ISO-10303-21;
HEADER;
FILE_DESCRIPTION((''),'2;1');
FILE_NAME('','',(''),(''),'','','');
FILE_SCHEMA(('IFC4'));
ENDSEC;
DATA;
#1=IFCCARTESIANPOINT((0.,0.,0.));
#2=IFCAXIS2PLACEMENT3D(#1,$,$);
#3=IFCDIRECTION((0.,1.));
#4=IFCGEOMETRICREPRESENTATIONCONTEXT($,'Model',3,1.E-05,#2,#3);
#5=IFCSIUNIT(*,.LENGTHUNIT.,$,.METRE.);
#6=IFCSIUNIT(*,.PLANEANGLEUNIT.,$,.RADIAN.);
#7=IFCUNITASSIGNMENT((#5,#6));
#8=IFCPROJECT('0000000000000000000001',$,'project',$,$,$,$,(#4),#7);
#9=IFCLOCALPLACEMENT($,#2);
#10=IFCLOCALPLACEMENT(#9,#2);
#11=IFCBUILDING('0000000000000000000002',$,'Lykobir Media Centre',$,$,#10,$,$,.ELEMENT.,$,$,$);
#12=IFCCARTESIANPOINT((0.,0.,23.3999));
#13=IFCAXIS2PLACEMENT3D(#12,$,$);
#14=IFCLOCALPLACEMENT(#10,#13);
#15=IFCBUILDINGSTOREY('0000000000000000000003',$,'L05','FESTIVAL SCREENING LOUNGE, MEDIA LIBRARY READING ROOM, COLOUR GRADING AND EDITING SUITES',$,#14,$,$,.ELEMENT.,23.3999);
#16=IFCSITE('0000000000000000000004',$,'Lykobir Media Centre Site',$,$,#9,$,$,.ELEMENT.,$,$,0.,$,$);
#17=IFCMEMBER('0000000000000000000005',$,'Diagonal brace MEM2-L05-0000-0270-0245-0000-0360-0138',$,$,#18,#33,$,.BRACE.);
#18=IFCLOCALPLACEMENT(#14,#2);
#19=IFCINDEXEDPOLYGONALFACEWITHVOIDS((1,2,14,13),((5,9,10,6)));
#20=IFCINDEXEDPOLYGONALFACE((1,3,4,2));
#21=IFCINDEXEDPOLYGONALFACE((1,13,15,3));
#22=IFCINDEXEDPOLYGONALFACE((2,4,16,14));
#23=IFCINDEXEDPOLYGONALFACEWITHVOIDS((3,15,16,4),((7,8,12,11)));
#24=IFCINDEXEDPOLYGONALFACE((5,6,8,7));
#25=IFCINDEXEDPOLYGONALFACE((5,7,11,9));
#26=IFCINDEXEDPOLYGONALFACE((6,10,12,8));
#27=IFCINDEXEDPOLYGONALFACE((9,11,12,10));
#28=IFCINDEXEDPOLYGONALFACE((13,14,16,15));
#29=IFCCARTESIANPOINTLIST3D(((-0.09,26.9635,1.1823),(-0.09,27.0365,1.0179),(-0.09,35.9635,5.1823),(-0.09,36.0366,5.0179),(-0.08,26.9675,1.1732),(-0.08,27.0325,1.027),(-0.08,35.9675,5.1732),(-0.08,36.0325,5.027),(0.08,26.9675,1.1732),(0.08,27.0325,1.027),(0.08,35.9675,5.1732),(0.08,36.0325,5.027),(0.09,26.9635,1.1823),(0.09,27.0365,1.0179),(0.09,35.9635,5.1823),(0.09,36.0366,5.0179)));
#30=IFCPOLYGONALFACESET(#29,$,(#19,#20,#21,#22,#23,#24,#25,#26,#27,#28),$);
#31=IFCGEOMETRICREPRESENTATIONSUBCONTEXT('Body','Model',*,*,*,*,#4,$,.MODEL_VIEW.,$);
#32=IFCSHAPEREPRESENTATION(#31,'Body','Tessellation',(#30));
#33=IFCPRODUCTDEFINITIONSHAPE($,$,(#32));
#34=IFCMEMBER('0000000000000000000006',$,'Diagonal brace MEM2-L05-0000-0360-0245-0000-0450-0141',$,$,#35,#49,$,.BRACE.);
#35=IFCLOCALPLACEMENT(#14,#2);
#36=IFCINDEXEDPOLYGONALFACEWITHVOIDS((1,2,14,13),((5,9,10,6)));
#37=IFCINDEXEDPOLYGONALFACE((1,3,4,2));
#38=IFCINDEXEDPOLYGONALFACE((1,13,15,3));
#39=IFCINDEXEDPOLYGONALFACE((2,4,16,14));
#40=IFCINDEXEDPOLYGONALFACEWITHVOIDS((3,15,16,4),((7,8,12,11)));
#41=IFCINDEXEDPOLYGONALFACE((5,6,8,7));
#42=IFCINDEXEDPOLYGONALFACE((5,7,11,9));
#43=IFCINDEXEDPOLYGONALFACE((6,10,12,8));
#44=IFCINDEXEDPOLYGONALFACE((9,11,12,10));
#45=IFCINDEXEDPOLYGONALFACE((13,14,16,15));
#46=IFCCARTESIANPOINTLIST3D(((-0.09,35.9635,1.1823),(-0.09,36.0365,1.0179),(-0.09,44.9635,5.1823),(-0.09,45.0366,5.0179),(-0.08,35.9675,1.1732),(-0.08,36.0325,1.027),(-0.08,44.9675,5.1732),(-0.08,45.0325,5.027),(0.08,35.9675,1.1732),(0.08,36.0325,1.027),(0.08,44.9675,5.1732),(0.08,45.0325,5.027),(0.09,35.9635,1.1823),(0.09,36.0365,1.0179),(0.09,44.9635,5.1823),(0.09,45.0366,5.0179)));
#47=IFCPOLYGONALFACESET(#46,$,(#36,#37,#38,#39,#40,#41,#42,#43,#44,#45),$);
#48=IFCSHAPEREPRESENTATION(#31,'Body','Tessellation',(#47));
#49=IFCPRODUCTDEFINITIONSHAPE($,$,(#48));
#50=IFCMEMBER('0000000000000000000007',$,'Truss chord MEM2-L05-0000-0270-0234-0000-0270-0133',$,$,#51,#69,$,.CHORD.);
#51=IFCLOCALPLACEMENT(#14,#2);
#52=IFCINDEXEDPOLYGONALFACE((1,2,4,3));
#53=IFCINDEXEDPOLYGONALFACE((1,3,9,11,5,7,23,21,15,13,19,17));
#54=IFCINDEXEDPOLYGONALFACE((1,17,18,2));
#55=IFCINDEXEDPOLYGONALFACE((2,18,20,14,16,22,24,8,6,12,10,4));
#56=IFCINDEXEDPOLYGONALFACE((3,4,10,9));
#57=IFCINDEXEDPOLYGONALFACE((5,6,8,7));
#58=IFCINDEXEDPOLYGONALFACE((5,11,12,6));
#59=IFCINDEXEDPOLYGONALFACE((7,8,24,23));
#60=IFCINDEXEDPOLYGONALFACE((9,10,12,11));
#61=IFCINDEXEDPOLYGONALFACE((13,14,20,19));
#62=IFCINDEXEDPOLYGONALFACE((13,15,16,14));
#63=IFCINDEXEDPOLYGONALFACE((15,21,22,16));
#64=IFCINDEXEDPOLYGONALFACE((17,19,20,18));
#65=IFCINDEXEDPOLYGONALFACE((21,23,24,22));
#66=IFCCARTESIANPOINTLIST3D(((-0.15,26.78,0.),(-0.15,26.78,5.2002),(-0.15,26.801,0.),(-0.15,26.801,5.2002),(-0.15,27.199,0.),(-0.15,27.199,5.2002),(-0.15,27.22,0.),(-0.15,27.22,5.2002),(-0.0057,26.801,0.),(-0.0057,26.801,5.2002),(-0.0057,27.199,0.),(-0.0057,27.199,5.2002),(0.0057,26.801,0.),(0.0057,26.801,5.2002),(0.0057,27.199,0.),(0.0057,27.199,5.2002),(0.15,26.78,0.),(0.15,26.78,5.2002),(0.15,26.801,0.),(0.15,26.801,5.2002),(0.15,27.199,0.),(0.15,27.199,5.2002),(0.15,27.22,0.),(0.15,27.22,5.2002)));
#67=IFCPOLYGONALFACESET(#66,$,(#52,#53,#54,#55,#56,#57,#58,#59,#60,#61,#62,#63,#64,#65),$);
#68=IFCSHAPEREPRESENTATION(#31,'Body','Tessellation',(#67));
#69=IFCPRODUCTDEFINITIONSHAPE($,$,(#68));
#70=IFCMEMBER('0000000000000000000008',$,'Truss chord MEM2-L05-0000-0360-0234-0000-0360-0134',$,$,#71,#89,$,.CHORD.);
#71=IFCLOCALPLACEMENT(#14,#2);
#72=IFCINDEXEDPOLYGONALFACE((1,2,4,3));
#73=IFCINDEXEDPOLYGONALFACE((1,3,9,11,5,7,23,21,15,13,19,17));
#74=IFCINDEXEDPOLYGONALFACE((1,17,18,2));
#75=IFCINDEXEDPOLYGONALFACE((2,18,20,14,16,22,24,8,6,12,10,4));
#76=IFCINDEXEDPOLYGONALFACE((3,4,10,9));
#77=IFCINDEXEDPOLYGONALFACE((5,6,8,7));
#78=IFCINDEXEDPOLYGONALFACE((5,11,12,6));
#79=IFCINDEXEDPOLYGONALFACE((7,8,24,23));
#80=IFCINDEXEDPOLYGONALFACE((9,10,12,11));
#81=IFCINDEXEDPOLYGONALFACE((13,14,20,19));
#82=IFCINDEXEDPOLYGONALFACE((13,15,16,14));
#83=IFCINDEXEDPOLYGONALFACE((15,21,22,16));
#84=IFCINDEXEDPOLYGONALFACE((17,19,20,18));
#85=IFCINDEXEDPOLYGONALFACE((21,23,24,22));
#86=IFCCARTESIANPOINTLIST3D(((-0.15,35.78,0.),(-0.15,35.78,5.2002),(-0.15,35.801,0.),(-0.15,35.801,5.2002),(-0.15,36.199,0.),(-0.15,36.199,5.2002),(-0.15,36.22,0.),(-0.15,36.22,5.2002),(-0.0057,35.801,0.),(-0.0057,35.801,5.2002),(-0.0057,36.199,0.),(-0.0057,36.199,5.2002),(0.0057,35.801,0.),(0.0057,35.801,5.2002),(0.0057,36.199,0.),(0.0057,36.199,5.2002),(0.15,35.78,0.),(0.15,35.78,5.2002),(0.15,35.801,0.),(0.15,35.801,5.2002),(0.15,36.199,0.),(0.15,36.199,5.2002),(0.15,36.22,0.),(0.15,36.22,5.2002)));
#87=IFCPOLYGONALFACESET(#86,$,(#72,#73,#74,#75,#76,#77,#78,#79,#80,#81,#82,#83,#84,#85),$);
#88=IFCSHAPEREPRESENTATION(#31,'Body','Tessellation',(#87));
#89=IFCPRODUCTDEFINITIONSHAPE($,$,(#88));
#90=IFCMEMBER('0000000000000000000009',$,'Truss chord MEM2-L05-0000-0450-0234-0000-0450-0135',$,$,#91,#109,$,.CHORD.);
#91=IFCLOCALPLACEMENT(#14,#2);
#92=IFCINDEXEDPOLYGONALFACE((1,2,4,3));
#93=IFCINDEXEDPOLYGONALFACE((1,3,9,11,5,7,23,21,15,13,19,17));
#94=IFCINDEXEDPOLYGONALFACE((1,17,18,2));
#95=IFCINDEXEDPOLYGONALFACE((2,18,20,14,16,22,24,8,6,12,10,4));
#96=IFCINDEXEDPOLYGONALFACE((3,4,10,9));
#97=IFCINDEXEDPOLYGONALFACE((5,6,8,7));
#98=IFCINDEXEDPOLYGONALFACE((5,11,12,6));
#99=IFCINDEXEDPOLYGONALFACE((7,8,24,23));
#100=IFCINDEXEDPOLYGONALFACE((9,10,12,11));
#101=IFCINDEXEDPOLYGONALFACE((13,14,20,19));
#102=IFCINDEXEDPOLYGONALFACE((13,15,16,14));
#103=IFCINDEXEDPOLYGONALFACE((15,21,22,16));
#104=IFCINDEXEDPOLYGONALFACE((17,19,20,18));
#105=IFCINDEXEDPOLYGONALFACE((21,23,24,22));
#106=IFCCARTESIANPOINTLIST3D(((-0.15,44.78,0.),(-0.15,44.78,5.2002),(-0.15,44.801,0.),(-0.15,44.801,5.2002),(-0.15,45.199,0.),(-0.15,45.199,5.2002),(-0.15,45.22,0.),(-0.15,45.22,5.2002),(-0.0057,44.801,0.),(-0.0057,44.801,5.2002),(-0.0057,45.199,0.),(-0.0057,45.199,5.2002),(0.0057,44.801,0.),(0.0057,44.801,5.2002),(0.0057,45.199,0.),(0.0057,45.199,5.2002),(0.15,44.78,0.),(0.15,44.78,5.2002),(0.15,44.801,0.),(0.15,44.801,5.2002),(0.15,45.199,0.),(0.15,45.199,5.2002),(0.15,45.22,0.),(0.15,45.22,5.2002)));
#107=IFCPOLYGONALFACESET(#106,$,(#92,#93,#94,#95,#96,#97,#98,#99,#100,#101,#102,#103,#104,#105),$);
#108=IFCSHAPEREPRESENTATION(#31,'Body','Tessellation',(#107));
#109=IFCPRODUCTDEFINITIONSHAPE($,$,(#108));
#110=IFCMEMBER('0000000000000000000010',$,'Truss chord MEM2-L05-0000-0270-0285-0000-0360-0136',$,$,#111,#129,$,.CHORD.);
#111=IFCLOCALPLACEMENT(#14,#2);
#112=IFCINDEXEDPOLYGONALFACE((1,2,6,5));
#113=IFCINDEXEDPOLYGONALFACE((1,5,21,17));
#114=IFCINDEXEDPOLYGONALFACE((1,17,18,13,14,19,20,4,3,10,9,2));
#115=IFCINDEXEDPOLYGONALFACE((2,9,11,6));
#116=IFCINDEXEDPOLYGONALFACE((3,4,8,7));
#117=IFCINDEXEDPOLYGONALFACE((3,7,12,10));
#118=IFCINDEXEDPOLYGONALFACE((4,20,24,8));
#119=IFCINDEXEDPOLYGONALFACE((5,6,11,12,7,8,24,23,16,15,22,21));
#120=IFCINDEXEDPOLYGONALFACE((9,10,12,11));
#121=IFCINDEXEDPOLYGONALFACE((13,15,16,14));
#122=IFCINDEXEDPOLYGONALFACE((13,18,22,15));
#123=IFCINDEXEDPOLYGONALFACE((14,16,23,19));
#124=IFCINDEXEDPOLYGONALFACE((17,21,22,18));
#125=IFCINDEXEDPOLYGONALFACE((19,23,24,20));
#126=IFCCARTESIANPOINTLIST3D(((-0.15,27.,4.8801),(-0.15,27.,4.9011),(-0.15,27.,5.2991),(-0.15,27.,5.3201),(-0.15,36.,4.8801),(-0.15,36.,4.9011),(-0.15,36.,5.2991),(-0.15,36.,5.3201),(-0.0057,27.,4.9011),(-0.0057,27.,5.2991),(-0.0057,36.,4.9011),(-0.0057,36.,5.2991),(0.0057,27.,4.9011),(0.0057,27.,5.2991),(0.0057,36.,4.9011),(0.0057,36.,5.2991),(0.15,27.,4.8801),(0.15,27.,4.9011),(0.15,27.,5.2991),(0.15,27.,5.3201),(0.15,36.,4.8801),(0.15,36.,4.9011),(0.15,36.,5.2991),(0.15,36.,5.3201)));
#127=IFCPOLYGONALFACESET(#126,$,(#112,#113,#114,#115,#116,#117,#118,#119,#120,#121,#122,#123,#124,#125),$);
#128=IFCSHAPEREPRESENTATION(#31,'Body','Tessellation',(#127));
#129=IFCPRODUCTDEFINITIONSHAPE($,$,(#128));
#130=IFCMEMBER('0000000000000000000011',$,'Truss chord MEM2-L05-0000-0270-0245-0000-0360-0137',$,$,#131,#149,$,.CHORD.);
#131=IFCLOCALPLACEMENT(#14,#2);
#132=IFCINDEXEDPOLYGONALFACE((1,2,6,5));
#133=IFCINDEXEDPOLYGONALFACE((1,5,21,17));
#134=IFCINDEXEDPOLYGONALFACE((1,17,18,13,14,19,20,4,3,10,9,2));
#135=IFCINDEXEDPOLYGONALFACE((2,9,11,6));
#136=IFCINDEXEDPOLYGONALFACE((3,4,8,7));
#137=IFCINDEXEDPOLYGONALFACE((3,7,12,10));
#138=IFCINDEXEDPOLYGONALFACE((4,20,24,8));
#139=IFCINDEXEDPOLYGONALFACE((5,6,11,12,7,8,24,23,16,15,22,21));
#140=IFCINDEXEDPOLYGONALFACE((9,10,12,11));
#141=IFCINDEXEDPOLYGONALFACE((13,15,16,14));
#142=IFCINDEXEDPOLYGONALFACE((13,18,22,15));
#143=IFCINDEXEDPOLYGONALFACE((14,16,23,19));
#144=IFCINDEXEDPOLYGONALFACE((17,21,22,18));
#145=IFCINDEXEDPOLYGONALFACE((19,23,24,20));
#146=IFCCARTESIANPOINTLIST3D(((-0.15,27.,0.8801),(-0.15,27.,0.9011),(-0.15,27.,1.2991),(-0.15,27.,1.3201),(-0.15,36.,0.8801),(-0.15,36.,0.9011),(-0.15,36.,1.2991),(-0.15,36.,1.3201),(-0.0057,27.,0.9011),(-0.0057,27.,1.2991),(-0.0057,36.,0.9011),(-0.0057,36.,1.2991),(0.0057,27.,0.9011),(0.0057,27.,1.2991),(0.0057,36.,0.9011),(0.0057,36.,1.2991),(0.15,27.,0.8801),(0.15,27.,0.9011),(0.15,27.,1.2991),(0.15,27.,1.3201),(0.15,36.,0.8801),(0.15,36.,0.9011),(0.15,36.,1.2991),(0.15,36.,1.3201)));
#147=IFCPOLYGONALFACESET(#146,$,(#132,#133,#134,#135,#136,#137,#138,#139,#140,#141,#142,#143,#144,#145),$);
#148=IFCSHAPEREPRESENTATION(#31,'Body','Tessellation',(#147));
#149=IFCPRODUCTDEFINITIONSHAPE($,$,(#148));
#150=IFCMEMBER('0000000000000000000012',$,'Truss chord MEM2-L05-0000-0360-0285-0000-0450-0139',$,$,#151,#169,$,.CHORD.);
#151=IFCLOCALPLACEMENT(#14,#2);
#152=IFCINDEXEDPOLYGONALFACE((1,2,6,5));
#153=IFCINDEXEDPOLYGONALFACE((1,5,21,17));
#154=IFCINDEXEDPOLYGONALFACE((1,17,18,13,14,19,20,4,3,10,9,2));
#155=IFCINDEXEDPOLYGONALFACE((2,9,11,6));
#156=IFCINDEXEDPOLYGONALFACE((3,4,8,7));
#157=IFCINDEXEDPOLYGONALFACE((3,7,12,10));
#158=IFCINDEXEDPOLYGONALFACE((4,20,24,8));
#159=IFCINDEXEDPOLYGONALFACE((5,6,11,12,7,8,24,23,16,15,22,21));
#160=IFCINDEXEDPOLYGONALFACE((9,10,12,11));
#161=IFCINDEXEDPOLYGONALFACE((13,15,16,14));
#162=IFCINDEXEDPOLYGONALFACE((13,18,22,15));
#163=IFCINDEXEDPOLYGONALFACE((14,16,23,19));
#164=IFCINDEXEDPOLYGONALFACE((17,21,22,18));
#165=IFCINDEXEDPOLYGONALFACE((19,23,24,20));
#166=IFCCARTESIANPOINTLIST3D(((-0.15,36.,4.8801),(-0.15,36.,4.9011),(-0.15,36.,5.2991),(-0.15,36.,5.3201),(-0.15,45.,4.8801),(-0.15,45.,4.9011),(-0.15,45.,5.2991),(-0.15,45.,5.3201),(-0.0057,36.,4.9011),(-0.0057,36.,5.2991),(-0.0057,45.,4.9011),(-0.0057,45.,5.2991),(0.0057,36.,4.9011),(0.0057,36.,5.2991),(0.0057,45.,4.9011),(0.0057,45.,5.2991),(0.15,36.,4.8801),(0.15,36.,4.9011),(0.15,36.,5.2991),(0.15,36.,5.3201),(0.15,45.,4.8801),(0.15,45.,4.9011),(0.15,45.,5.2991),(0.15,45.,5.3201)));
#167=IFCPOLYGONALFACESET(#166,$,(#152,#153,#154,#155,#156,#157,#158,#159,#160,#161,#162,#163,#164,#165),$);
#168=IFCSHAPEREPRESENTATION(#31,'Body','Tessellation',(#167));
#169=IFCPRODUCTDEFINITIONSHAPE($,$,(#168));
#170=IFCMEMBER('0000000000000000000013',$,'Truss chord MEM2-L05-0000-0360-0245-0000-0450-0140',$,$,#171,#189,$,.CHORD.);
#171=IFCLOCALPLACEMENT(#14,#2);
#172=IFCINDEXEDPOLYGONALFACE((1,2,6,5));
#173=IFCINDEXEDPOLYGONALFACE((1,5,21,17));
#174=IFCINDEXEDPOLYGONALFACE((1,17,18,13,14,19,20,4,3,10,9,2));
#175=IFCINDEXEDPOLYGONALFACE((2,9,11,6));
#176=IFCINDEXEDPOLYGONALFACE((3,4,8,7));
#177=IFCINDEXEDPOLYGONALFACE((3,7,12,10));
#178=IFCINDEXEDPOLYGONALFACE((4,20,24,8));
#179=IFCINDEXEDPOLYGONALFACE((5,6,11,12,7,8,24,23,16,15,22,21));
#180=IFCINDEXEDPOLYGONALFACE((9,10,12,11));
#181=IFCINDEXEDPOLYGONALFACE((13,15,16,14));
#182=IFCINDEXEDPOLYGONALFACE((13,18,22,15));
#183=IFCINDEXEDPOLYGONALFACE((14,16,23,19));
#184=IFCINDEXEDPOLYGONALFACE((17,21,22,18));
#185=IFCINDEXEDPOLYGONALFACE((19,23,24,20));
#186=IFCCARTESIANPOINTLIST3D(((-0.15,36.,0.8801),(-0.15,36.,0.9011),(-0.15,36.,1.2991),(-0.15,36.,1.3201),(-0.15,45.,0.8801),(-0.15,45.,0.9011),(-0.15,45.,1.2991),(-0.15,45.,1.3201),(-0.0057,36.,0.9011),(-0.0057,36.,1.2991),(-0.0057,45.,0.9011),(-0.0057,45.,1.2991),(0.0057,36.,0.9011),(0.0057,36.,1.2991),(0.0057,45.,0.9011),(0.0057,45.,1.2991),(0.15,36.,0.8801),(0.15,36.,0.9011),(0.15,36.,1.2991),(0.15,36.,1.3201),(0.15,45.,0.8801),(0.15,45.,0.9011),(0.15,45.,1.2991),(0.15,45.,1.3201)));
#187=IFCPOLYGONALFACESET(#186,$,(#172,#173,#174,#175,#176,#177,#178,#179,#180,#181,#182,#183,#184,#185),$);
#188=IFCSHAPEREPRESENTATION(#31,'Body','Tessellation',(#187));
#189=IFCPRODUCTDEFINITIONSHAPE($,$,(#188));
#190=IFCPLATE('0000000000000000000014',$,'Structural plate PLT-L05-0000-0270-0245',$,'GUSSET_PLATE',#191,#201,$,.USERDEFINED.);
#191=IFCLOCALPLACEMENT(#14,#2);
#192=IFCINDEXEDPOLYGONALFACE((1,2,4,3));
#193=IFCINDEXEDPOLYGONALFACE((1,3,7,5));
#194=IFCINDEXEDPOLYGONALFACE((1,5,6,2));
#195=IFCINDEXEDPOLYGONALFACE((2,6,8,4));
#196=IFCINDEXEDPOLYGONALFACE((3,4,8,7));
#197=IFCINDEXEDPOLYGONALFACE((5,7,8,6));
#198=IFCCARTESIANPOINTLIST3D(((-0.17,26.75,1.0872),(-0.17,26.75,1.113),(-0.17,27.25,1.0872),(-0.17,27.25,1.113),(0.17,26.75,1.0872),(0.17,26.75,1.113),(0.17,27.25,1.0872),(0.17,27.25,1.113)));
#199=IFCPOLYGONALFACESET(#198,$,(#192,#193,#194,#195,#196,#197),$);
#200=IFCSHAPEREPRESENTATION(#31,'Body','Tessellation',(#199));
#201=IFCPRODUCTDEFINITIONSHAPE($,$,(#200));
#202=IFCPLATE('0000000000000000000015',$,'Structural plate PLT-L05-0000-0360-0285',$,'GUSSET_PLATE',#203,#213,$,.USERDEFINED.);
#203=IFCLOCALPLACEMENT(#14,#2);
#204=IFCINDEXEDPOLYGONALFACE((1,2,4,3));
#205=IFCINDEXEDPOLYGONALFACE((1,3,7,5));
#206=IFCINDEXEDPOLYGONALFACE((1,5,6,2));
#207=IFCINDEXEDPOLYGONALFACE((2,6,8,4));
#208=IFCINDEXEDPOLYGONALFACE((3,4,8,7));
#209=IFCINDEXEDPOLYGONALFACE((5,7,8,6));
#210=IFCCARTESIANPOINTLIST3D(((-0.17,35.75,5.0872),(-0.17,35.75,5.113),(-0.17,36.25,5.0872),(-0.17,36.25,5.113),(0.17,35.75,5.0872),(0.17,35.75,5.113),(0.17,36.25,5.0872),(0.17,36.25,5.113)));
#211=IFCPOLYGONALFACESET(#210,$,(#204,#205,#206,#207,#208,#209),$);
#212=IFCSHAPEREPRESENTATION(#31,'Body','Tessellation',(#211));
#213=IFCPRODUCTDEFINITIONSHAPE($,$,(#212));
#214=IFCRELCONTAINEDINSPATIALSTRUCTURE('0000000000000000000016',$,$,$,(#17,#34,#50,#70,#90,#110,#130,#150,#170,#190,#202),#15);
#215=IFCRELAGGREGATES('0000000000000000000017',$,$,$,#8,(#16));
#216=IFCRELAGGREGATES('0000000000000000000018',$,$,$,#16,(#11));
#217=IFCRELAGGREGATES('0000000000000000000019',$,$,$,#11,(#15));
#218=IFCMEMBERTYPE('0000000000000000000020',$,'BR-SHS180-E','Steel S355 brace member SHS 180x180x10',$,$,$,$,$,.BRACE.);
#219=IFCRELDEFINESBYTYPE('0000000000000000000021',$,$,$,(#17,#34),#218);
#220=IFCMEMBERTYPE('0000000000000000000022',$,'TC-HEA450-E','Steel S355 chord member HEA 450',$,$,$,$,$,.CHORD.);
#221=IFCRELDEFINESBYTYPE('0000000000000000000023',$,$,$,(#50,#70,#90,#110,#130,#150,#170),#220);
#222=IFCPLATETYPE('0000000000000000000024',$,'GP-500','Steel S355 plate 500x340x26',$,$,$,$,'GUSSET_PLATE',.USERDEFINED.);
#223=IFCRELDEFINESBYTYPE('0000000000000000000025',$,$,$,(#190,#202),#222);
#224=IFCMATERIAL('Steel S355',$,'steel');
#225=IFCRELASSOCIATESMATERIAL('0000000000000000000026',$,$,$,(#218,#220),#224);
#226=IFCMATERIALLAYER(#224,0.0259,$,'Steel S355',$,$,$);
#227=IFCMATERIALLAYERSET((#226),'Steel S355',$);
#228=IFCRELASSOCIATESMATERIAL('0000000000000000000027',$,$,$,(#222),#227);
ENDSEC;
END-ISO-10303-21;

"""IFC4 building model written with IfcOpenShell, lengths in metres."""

from ifc_helpers import new_model, si_unit, direction, frame, origin, origin_2d, place, context, subcontext, project, spatial, rectangle, hollow_rectangle, i_section, extrude, material, layer, layer_set, material_profile, profile_set, type_object, element, save


model = new_model("IFC4")

# Units and contexts
model_context = context("Model", 3, precision=1e-05, world=origin(), true_north=direction((0.0, 1.0)))
body_context = subcontext(model_context, "Body", "Model", "MODEL_VIEW")
ifc_project = project(units=[si_unit("LENGTHUNIT", "METRE"), si_unit("PLANEANGLEUNIT", "RADIAN")], contexts=[model_context])

# Site, building, storey
site_placement = place(None, origin())
site = spatial("IfcSite", under=ifc_project, at=site_placement, Name="Lykobir Media Centre Site", CompositionType="ELEMENT", RefElevation=0.0)
building_placement = place(site_placement, origin())
building = spatial("IfcBuilding", under=site, at=building_placement, Name="Lykobir Media Centre", CompositionType="ELEMENT")
storey_placement = place(building_placement, frame((0.0, 0.0, 23.3999)))
storey = spatial("IfcBuildingStorey", under=building, at=storey_placement, Name="L05", Description="FESTIVAL SCREENING LOUNGE, MEDIA LIBRARY READING ROOM, COLOUR GRADING AND EDITING SUITES", CompositionType="ELEMENT", Elevation=23.3999)

# Members
ifc_material_1 = material(Name="Steel S355", Category="steel")
ifc_material_profile_1 = material_profile(ifc_material_1, hollow_rectangle(XDim=0.1799, YDim=0.1799, WallThickness=0.01, at=origin_2d()), Name="SHS 180x180x10")
ifc_profile_set_1 = profile_set([ifc_material_profile_1], Name="Steel S355")
member_type_1 = type_object("IfcMemberType", Name="BR-SHS180-E", Description="Steel S355 brace member SHS 180x180x10", PredefinedType="BRACE", material=ifc_profile_set_1)
for number, where, z_axis, x_axis, name in (
    (1, (0.0, 27.0, 1.1001), (0.0, 0.913812, 0.406138), (-1.0, 0.0, 0.0), "Diagonal brace MEM2-L05-0000-0270-0245-0000-0360-0138"),
    (2, (0.0, 36.0, 1.1001), (0.0, 0.913812, 0.406138), (-1.0, 0.0, 0.0), "Diagonal brace MEM2-L05-0000-0360-0245-0000-0450-0141"),
):
    element("IfcMember", number, at=place(storey_placement, frame(where, z_axis=z_axis, x_axis=x_axis)), inside=storey, type_object=member_type_1, Name=name, PredefinedType="BRACE", context=body_context, shape_type="SweptSolid", body=[
        extrude(hollow_rectangle(XDim=0.1799, YDim=0.1799, WallThickness=0.01, at=origin_2d()), origin(), (0.0, 0.0, 1.0), 9.8489),
    ])
ifc_material_profile_2 = material_profile(ifc_material_1, i_section(OverallWidth=0.3, OverallDepth=0.4399, WebThickness=0.0115, FlangeThickness=0.021, at=origin_2d()), Name="HEA 450")
ifc_profile_set_2 = profile_set([ifc_material_profile_2], Name="Steel S355")
member_type_2 = type_object("IfcMemberType", Name="TC-HEA450-E", Description="Steel S355 chord member HEA 450", PredefinedType="CHORD", material=ifc_profile_set_2)
for number, where, z_axis, x_axis, name in (
    (3, (0.0, 27.0, 0.0), (0.0, 0.0, 1.0), (1.0, 0.0, 0.0), "Truss chord MEM2-L05-0000-0270-0234-0000-0270-0133"),
    (4, (0.0, 36.0, 0.0), (0.0, 0.0, 1.0), (1.0, 0.0, 0.0), "Truss chord MEM2-L05-0000-0360-0234-0000-0360-0134"),
    (5, (0.0, 45.0, 0.0), (0.0, 0.0, 1.0), (1.0, 0.0, 0.0), "Truss chord MEM2-L05-0000-0450-0234-0000-0450-0135"),
):
    element("IfcMember", number, at=place(storey_placement, frame(where, z_axis=z_axis, x_axis=x_axis)), inside=storey, type_object=member_type_2, Name=name, PredefinedType="CHORD", context=body_context, shape_type="SweptSolid", body=[
        extrude(i_section(OverallWidth=0.3, OverallDepth=0.4399, WebThickness=0.0115, FlangeThickness=0.021, at=origin_2d()), origin(), (0.0, 0.0, 1.0), 5.2002),
    ])
for number, where, z_axis, x_axis, name in (
    (6, (0.0, 27.0, 5.1001), (0.0, 1.0, 0.0), (-1.0, 0.0, 0.0), "Truss chord MEM2-L05-0000-0270-0285-0000-0360-0136"),
    (7, (0.0, 27.0, 1.1001), (0.0, 1.0, 0.0), (-1.0, 0.0, 0.0), "Truss chord MEM2-L05-0000-0270-0245-0000-0360-0137"),
    (8, (0.0, 36.0, 5.1001), (0.0, 1.0, 0.0), (-1.0, 0.0, 0.0), "Truss chord MEM2-L05-0000-0360-0285-0000-0450-0139"),
    (9, (0.0, 36.0, 1.1001), (0.0, 1.0, 0.0), (-1.0, 0.0, 0.0), "Truss chord MEM2-L05-0000-0360-0245-0000-0450-0140"),
):
    element("IfcMember", number, at=place(storey_placement, frame(where, z_axis=z_axis, x_axis=x_axis)), inside=storey, type_object=member_type_2, Name=name, PredefinedType="CHORD", context=body_context, shape_type="SweptSolid", body=[
        extrude(i_section(OverallWidth=0.3, OverallDepth=0.4399, WebThickness=0.0115, FlangeThickness=0.021, at=origin_2d()), origin(), (0.0, 0.0, 1.0), 9.0),
    ])

# Plates
ifc_layer_1 = layer(ifc_material_1, 0.0259, Name="Steel S355")
ifc_layer_set_1 = layer_set([ifc_layer_1], Name="Steel S355")
plate_type = type_object("IfcPlateType", Name="GP-500", Description="Steel S355 plate 500x340x26", ElementType="GUSSET_PLATE", PredefinedType="USERDEFINED", material=ifc_layer_set_1)
for number, where, z_axis, x_axis, name in (
    (10, (0.0, 27.0, 1.0872), (0.0, 0.0, 1.0), (0.0, 1.0, 0.0), "Structural plate PLT-L05-0000-0270-0245"),
    (11, (0.0, 36.0, 5.0872), (0.0, 0.0, 1.0), (0.0, 1.0, 0.0), "Structural plate PLT-L05-0000-0360-0285"),
):
    element("IfcPlate", number, at=place(storey_placement, frame(where, z_axis=z_axis, x_axis=x_axis)), inside=storey, type_object=plate_type, Name=name, ObjectType="GUSSET_PLATE", PredefinedType="USERDEFINED", context=body_context, shape_type="SweptSolid", body=[
        extrude(rectangle(XDim=0.5, YDim=0.3401, at=origin_2d()), origin(), (0.0, 0.0, 1.0), 0.0259),
    ])

save(model, "model.ifc")
